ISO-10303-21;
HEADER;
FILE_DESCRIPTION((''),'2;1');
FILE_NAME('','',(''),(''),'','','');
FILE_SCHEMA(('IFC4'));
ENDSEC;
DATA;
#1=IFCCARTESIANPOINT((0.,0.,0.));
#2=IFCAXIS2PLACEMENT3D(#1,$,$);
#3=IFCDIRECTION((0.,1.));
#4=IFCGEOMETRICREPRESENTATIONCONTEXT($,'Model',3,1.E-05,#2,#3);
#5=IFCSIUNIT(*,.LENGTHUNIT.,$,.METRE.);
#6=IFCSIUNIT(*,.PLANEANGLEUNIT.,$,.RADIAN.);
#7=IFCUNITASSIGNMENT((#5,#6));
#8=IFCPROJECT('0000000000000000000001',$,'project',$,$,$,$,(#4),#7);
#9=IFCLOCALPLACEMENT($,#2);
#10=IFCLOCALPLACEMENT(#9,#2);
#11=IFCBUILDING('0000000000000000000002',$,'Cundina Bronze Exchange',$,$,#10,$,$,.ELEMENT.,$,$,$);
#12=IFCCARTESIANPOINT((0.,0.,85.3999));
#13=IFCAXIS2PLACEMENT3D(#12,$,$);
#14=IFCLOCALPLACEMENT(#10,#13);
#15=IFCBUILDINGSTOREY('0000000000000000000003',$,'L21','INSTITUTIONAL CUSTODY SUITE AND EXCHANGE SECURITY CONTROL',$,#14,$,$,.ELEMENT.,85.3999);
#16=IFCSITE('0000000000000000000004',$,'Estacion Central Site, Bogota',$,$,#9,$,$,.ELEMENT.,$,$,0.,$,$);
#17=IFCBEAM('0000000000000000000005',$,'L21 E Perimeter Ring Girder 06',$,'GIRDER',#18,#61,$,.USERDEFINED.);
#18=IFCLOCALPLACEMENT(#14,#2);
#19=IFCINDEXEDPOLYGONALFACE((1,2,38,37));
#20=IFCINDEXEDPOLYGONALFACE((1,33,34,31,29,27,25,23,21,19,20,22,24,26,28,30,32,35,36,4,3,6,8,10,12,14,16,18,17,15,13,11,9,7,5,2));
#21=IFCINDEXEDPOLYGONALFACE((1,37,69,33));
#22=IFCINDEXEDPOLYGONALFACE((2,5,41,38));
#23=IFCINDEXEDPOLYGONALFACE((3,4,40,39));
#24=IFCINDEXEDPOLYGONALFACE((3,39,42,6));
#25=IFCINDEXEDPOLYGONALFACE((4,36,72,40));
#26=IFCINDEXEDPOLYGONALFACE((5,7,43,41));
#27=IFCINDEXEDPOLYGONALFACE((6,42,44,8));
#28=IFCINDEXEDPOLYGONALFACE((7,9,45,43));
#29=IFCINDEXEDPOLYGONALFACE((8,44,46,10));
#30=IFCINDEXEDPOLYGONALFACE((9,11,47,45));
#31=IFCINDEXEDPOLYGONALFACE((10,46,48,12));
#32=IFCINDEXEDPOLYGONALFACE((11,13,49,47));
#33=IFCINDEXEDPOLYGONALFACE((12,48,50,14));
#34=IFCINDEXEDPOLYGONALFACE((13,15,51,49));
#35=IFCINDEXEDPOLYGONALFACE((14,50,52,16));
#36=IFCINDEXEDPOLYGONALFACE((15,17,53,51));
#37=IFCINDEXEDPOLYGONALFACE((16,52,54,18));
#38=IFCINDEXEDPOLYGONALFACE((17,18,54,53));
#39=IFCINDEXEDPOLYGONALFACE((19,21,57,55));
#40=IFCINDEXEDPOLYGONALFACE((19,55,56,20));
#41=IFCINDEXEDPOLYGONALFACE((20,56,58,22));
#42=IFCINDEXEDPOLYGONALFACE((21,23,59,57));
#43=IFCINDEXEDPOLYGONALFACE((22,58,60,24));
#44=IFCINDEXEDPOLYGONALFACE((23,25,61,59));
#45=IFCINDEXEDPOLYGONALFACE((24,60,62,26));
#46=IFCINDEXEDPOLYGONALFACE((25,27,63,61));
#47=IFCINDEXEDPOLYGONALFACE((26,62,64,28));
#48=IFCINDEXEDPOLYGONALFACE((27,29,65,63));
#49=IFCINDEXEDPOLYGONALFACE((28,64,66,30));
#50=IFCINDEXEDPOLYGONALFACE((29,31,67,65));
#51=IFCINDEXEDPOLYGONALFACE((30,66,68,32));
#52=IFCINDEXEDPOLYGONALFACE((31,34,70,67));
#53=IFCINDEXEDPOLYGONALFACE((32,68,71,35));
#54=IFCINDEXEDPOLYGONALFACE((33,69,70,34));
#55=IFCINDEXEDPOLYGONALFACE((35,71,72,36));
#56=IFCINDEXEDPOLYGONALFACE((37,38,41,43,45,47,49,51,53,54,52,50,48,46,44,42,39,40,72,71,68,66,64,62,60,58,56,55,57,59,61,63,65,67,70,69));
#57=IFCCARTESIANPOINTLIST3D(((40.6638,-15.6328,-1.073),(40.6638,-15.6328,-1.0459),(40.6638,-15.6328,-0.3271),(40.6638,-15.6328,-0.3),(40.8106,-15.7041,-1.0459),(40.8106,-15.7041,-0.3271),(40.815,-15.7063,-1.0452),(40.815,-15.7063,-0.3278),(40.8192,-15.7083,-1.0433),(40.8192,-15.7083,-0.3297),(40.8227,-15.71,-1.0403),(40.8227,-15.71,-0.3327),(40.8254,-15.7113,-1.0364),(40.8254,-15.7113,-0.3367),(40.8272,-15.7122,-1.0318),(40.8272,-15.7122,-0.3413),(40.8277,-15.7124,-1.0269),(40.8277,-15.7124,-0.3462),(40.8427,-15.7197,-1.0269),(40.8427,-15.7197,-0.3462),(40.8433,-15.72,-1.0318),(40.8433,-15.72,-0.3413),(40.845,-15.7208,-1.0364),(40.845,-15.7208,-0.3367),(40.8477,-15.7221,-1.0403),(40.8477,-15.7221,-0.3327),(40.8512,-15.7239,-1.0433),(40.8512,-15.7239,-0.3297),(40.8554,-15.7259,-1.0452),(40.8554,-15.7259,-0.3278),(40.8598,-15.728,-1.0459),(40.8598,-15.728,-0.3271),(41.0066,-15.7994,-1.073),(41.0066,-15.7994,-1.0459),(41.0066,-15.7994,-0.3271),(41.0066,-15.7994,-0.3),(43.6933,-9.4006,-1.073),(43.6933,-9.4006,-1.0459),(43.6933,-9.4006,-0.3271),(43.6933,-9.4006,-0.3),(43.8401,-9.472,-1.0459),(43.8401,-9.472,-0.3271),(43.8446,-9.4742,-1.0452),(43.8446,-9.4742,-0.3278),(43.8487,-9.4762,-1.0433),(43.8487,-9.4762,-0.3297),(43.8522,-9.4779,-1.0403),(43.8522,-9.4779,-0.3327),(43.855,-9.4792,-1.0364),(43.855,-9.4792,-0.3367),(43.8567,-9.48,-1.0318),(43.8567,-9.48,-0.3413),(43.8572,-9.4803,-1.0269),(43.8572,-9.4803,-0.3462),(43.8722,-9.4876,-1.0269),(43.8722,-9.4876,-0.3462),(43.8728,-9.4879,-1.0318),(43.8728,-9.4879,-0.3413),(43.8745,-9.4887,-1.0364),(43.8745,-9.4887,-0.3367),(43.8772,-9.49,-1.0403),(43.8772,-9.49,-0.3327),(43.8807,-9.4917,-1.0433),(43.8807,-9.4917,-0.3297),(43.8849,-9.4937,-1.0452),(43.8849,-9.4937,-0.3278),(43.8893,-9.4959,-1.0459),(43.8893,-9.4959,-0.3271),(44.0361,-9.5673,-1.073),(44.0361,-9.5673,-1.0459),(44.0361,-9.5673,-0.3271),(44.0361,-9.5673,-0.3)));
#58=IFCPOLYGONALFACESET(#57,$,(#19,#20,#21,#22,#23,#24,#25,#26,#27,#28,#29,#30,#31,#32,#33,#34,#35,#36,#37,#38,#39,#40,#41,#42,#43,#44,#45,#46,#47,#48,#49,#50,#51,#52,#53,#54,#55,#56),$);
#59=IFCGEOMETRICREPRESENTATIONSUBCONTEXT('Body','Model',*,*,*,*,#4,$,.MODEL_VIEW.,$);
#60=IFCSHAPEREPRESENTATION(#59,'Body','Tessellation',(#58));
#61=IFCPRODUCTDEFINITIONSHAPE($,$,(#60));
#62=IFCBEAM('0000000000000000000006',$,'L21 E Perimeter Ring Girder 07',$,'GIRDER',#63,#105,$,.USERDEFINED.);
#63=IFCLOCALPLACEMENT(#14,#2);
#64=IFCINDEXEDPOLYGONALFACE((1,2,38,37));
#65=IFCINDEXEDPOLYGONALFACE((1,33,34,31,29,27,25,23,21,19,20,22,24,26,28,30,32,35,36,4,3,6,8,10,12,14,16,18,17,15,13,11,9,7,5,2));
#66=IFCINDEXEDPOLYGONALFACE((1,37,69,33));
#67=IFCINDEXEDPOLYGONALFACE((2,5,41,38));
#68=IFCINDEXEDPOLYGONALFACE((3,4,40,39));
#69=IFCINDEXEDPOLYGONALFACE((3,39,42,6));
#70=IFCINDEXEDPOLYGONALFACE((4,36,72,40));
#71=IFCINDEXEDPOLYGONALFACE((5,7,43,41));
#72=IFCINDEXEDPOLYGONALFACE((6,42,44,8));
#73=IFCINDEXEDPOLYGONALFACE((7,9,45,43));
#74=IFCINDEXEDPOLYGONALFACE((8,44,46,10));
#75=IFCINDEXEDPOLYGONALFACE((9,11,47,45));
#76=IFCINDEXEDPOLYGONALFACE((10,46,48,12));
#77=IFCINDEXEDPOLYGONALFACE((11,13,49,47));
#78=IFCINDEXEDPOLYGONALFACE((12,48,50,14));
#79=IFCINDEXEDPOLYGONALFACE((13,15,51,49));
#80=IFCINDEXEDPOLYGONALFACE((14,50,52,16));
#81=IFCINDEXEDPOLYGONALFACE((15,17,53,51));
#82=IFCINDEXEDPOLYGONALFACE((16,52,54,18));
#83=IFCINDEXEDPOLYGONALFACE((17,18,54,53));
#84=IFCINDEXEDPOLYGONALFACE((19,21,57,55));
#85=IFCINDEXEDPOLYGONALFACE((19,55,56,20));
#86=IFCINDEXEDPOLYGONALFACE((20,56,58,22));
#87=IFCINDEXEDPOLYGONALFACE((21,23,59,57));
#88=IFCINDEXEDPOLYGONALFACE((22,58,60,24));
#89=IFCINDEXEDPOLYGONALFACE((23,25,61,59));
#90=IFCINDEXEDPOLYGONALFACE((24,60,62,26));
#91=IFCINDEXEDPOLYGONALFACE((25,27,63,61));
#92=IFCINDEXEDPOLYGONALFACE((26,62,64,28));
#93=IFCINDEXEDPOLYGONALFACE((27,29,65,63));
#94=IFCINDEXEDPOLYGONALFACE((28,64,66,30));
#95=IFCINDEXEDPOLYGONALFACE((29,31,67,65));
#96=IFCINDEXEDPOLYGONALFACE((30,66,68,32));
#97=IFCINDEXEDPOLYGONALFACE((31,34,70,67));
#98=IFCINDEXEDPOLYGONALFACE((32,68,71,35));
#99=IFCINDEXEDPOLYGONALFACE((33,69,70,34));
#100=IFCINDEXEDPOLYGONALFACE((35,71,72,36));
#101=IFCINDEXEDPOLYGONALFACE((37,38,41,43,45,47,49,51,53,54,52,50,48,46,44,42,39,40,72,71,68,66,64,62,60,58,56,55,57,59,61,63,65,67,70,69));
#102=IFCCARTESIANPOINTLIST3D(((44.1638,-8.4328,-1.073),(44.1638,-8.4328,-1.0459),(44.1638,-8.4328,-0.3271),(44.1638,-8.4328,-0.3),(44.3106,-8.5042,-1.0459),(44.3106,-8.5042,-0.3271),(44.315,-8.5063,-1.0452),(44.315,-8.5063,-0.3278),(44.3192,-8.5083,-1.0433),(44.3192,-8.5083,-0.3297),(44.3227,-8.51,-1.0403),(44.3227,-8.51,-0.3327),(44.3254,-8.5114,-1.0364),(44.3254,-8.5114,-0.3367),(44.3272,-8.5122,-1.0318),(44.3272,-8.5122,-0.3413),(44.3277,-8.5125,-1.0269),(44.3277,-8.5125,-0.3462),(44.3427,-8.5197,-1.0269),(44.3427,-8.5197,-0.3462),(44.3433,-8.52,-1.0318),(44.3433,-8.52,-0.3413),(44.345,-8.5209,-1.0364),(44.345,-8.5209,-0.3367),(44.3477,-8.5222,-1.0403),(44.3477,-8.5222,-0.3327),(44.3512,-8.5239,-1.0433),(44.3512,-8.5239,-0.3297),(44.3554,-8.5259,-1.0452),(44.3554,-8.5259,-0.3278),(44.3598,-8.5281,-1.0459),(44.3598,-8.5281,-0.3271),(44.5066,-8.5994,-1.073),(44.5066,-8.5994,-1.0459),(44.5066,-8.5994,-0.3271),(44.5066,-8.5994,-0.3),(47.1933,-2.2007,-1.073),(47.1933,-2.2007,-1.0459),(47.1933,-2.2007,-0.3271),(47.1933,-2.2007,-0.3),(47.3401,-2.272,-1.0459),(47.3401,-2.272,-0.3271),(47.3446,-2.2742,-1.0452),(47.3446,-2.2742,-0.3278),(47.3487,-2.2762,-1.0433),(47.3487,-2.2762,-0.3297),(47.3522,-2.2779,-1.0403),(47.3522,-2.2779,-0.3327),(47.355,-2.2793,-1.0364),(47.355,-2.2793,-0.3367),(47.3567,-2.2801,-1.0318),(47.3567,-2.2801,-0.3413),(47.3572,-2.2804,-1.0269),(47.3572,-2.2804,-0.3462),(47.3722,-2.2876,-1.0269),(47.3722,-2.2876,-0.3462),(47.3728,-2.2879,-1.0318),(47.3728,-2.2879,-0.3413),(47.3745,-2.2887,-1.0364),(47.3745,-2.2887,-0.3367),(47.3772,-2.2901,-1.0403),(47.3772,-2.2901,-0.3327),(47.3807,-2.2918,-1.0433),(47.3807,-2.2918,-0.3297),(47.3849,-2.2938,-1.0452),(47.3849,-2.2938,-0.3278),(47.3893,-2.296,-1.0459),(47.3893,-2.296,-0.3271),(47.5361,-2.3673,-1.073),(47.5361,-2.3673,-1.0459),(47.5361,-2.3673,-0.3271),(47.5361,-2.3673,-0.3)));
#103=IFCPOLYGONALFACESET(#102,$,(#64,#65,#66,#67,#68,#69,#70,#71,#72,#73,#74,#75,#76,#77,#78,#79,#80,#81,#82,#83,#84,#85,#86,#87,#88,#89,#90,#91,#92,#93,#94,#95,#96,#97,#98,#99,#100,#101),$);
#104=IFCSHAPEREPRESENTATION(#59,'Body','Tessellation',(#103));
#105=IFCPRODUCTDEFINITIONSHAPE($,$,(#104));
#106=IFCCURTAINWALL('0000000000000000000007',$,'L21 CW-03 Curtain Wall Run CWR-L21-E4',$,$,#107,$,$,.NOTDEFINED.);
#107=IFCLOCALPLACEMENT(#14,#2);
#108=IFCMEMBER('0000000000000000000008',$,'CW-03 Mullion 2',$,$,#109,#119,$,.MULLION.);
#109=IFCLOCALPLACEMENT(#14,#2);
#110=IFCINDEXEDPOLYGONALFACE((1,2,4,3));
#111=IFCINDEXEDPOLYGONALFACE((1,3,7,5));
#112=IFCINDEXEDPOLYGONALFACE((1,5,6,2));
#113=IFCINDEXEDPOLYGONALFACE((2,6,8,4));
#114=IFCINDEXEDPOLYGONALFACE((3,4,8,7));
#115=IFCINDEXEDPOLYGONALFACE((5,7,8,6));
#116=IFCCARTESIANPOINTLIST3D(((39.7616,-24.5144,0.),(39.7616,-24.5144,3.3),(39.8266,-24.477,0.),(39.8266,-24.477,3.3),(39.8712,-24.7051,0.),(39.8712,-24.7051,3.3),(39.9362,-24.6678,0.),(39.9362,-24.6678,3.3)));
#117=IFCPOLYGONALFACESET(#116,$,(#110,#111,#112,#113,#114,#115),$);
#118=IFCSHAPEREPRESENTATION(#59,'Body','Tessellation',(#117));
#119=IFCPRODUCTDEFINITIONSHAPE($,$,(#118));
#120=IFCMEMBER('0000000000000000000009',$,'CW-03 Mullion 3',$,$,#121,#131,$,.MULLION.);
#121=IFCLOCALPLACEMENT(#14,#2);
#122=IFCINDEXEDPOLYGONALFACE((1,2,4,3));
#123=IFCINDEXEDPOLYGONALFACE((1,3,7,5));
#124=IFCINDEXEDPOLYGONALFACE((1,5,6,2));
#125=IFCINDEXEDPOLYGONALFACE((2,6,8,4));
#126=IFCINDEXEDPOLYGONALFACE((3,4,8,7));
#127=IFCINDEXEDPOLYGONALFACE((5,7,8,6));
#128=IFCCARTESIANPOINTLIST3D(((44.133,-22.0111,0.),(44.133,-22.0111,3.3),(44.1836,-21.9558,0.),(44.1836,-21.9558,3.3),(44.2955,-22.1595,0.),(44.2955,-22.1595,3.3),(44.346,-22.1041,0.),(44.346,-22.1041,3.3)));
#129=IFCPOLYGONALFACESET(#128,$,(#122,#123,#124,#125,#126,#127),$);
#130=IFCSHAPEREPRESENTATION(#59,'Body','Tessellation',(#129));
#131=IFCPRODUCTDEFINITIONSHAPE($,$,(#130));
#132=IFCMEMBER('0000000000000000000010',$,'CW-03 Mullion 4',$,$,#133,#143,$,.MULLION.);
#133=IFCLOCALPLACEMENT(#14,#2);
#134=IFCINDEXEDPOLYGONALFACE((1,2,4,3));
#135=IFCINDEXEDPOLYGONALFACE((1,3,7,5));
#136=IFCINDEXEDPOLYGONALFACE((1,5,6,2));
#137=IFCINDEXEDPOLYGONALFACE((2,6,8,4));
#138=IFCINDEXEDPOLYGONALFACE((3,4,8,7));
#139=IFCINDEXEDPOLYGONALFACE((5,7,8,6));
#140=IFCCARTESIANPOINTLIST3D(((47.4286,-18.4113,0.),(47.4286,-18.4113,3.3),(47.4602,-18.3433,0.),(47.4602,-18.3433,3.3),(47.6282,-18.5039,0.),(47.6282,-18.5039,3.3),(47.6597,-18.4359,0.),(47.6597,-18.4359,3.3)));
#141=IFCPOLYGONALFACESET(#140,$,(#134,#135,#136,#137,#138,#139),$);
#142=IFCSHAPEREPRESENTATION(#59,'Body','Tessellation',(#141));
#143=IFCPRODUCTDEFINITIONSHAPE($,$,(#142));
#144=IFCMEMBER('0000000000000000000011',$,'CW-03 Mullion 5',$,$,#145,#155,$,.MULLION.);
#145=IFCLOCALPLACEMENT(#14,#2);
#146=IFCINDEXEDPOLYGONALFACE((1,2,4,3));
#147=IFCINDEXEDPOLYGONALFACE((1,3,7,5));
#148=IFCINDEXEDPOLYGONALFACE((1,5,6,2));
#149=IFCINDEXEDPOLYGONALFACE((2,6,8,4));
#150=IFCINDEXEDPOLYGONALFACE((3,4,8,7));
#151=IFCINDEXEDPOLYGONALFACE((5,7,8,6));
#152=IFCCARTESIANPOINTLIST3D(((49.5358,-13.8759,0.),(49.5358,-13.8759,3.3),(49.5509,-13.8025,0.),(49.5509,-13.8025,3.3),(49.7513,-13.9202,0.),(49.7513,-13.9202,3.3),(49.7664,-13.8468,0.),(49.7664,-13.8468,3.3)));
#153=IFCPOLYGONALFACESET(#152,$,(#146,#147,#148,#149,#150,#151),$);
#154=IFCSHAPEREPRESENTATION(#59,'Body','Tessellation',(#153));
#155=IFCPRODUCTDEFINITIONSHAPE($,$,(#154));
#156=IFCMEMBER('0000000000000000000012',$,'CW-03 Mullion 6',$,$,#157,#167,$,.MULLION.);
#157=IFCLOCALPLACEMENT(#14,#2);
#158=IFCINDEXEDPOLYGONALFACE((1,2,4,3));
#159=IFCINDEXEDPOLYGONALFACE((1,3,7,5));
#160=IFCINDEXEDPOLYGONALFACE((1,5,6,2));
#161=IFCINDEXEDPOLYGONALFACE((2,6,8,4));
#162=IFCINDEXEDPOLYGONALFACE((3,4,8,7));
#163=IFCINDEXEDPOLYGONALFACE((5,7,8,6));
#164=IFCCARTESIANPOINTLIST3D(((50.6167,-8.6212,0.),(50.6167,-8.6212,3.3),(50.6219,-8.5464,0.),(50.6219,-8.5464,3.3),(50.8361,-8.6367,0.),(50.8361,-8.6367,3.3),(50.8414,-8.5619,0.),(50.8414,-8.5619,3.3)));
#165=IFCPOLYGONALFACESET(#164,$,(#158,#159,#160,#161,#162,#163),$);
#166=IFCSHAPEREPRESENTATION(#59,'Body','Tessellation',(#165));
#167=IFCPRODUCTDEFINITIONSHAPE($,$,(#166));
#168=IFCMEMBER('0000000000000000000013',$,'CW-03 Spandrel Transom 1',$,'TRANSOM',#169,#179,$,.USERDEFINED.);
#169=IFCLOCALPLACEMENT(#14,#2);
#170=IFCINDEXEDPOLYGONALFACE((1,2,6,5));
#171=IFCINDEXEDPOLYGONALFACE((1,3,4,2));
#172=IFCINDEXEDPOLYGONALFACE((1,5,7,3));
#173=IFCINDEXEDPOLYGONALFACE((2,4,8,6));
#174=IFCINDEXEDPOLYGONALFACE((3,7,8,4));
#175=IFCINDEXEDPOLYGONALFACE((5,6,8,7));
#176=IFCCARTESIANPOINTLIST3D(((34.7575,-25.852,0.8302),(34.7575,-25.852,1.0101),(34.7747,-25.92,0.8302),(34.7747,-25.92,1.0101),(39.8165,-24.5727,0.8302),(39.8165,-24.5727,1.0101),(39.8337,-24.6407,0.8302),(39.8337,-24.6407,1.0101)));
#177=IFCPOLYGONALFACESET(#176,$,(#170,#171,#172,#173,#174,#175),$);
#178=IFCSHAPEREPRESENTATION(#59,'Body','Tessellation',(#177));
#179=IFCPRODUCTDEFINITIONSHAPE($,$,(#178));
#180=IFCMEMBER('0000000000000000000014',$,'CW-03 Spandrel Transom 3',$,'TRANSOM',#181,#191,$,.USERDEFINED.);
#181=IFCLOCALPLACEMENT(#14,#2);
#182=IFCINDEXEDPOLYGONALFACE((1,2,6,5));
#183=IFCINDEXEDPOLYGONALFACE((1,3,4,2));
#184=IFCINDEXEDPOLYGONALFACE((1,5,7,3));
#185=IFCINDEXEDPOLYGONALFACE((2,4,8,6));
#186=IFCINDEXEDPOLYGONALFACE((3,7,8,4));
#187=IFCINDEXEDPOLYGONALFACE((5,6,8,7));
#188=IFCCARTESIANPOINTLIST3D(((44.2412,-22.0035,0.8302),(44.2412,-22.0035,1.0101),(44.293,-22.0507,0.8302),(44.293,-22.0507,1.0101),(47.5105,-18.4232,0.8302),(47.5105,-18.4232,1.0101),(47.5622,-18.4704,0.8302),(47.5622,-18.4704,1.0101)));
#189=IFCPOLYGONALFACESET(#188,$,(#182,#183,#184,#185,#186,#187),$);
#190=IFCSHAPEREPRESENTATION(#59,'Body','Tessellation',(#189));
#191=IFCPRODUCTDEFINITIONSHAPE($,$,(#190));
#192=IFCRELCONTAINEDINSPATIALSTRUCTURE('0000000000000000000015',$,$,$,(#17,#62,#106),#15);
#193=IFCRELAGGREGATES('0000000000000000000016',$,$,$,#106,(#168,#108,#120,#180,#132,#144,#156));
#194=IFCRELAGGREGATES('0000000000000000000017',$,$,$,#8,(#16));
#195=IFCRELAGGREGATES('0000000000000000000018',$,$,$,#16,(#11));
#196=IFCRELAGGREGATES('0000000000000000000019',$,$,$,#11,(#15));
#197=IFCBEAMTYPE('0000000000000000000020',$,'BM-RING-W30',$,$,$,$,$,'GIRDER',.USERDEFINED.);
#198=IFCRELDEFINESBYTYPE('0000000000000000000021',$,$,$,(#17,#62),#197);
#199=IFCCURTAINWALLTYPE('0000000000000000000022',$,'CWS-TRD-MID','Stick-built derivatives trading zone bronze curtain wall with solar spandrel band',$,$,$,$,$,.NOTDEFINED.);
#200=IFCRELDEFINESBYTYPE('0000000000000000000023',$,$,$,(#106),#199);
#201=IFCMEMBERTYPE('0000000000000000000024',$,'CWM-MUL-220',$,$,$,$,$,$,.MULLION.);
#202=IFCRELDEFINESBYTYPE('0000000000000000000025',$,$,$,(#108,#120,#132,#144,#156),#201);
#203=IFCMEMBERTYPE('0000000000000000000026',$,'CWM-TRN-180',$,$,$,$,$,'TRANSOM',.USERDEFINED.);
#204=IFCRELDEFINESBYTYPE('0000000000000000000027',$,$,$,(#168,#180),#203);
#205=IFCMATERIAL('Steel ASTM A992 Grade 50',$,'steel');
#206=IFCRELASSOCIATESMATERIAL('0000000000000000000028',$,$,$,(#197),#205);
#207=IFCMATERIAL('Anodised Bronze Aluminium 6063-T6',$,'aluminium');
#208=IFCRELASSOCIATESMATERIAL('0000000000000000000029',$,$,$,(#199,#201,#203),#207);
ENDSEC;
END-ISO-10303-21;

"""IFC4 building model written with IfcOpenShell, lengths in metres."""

from ifc_helpers import new_model, si_unit, direction, frame, origin, origin_2d, place, context, subcontext, project, spatial, rectangle, i_section, extrude, material, material_profile, profile_set, type_object, element, aggregate, save


model = new_model("IFC4")

# Units and contexts
model_context = context("Model", 3, precision=1e-05, world=origin(), true_north=direction((0.0, 1.0)))
body_context = subcontext(model_context, "Body", "Model", "MODEL_VIEW")
ifc_project = project(units=[si_unit("LENGTHUNIT", "METRE"), si_unit("PLANEANGLEUNIT", "RADIAN")], contexts=[model_context])

# Site, building, storey
site_placement = place(None, origin())
site = spatial("IfcSite", under=ifc_project, at=site_placement, Name="Estacion Central Site, Bogota", CompositionType="ELEMENT", RefElevation=0.0)
building_placement = place(site_placement, origin())
building = spatial("IfcBuilding", under=site, at=building_placement, Name="Cundina Bronze Exchange", CompositionType="ELEMENT")
storey_placement = place(building_placement, frame((0.0, 0.0, 85.3999)))
storey = spatial("IfcBuildingStorey", under=building, at=storey_placement, Name="L21", Description="INSTITUTIONAL CUSTODY SUITE AND EXCHANGE SECURITY CONTROL", CompositionType="ELEMENT", Elevation=85.3999)

# Beams
ifc_material_1 = material(Name="Steel ASTM A992 Grade 50", Category="steel")
ifc_material_profile_1 = material_profile(ifc_material_1, i_section(OverallWidth=0.3811, OverallDepth=0.7729, WebThickness=0.0166, FlangeThickness=0.0271, FilletRadius=0.019, at=origin_2d()), Name="W30X173", Category="steel")
ifc_profile_set_1 = profile_set([ifc_material_profile_1], Name="Steel ASTM A992 Grade 50")
beam_type_1 = type_object("IfcBeamType", Name="BM-RING-W30", ElementType="GIRDER", PredefinedType="USERDEFINED", material=ifc_profile_set_1)
for number, where, z_axis, x_axis, name in (
    (1, (40.8352, -15.7161, -0.6865), (0.437194, 0.899367, 0.0), (-0.899367, 0.437194, 0.0), "L21 E Perimeter Ring Girder 06"),
    (2, (44.3352, -8.5161, -0.6865), (0.437194, 0.899367, 0.0), (-0.899367, 0.437194, 0.0), "L21 E Perimeter Ring Girder 07"),
):
    element("IfcBeam", number, at=place(storey_placement, frame(where, z_axis=z_axis, x_axis=x_axis)), inside=storey, type_object=beam_type_1, Name=name, ObjectType="GIRDER", PredefinedType="USERDEFINED", context=body_context, shape_type="SweptSolid", body=[
        extrude(i_section(OverallWidth=0.3811, OverallDepth=0.7729, WebThickness=0.0166, FlangeThickness=0.0271, FilletRadius=0.019, at=origin_2d()), origin(), (0.0, 0.0, 1.0), 6.9294),
    ])

# Curtain wall, members
ifc_material_2 = material(Name="Anodised Bronze Aluminium 6063-T6", Category="aluminium")
curtain_wall_type = type_object("IfcCurtainWallType", Name="CWS-TRD-MID", Description="Stick-built derivatives trading zone bronze curtain wall with solar spandrel band", PredefinedType="NOTDEFINED", material=ifc_material_2)
curtain_wall_placement = place(storey_placement, origin())
curtain_wall = element("IfcCurtainWall", 3, at=curtain_wall_placement, inside=storey, type_object=curtain_wall_type, Name="L21 CW-03 Curtain Wall Run CWR-L21-E4", PredefinedType="NOTDEFINED")
ifc_material_profile_2 = material_profile(ifc_material_2, rectangle(XDim=0.075, YDim=0.22, at=origin_2d()), Name="AL75X220", Category="aluminium")
ifc_profile_set_2 = profile_set([ifc_material_profile_2], Name="Anodised Bronze Aluminium 6063-T6")
member_type_1 = type_object("IfcMemberType", Name="CWM-MUL-220", PredefinedType="MULLION", material=ifc_profile_set_2)
member_1_placement = place(storey_placement, frame((39.8489, -24.5911, 0.0), z_axis=(0.0, 0.0, 1.0), x_axis=(0.867071, 0.498185, 0.0)))
member_1 = element("IfcMember", 4, at=member_1_placement, type_object=member_type_1, Name="CW-03 Mullion 2", PredefinedType="MULLION", context=body_context, shape_type="SweptSolid", body=[
    extrude(rectangle(XDim=0.075, YDim=0.22, at=origin_2d()), origin(), (0.0, 0.0, 1.0), 3.3),
])
member_2_placement = place(storey_placement, frame((44.2395, -22.0576, 0.0), z_axis=(0.0, 0.0, 1.0), x_axis=(0.674302, 0.738455, 0.0)))
member_2 = element("IfcMember", 5, at=member_2_placement, type_object=member_type_1, Name="CW-03 Mullion 3", PredefinedType="MULLION", context=body_context, shape_type="SweptSolid", body=[
    extrude(rectangle(XDim=0.075, YDim=0.22, at=origin_2d()), origin(), (0.0, 0.0, 1.0), 3.3),
])
member_3_placement = place(storey_placement, frame((47.5442, -18.4236, 0.0), z_axis=(0.0, 0.0, 1.0), x_axis=(0.420877, 0.907117, 0.0)))
member_3 = element("IfcMember", 6, at=member_3_placement, type_object=member_type_1, Name="CW-03 Mullion 4", PredefinedType="MULLION", context=body_context, shape_type="SweptSolid", body=[
    extrude(rectangle(XDim=0.075, YDim=0.22, at=origin_2d()), origin(), (0.0, 0.0, 1.0), 3.3),
])
member_4_placement = place(storey_placement, frame((49.6511, -13.8613, 0.0), z_axis=(0.0, 0.0, 1.0), x_axis=(0.20142, 0.979505, 0.0)))
member_4 = element("IfcMember", 7, at=member_4_placement, type_object=member_type_1, Name="CW-03 Mullion 5", PredefinedType="MULLION", context=body_context, shape_type="SweptSolid", body=[
    extrude(rectangle(XDim=0.075, YDim=0.22, at=origin_2d()), origin(), (0.0, 0.0, 1.0), 3.3),
])
member_5_placement = place(storey_placement, frame((50.729, -8.5916, 0.0), z_axis=(0.0, 0.0, 1.0), x_axis=(0.070279, 0.997527, 0.0)))
member_5 = element("IfcMember", 8, at=member_5_placement, type_object=member_type_1, Name="CW-03 Mullion 6", PredefinedType="MULLION", context=body_context, shape_type="SweptSolid", body=[
    extrude(rectangle(XDim=0.075, YDim=0.22, at=origin_2d()), origin(), (0.0, 0.0, 1.0), 3.3),
])
ifc_material_profile_3 = material_profile(ifc_material_2, rectangle(XDim=0.0701, YDim=0.1799, at=origin_2d()), Name="AL70X180", Category="aluminium")
ifc_profile_set_3 = profile_set([ifc_material_profile_3], Name="Anodised Bronze Aluminium 6063-T6")
member_type_2 = type_object("IfcMemberType", Name="CWM-TRN-180", ElementType="TRANSOM", PredefinedType="USERDEFINED", material=ifc_profile_set_3)
member_6_placement = place(storey_placement, frame((34.7661, -25.886, 0.9202), z_axis=(0.969484, 0.245155, 0.0), x_axis=(-0.245155, 0.969484, 0.0)))
member_6 = element("IfcMember", 9, at=member_6_placement, type_object=member_type_2, Name="CW-03 Spandrel Transom 1", ObjectType="TRANSOM", PredefinedType="USERDEFINED", context=body_context, shape_type="SweptSolid", body=[
    extrude(rectangle(XDim=0.0701, YDim=0.1799, at=origin_2d()), origin(), (0.0, 0.0, 1.0), 5.2183),
])
member_7_placement = place(storey_placement, frame((44.2671, -22.0271, 0.9202), z_axis=(0.674303, 0.738455, 0.0), x_axis=(-0.738455, 0.674303, 0.0)))
member_7 = element("IfcMember", 10, at=member_7_placement, type_object=member_type_2, Name="CW-03 Spandrel Transom 3", ObjectType="TRANSOM", PredefinedType="USERDEFINED", context=body_context, shape_type="SweptSolid", body=[
    extrude(rectangle(XDim=0.0701, YDim=0.1799, at=origin_2d()), origin(), (0.0, 0.0, 1.0), 4.8484),
])
aggregate(curtain_wall, [member_6, member_1, member_2, member_7, member_3, member_4, member_5])

save(model, "model.ifc")
